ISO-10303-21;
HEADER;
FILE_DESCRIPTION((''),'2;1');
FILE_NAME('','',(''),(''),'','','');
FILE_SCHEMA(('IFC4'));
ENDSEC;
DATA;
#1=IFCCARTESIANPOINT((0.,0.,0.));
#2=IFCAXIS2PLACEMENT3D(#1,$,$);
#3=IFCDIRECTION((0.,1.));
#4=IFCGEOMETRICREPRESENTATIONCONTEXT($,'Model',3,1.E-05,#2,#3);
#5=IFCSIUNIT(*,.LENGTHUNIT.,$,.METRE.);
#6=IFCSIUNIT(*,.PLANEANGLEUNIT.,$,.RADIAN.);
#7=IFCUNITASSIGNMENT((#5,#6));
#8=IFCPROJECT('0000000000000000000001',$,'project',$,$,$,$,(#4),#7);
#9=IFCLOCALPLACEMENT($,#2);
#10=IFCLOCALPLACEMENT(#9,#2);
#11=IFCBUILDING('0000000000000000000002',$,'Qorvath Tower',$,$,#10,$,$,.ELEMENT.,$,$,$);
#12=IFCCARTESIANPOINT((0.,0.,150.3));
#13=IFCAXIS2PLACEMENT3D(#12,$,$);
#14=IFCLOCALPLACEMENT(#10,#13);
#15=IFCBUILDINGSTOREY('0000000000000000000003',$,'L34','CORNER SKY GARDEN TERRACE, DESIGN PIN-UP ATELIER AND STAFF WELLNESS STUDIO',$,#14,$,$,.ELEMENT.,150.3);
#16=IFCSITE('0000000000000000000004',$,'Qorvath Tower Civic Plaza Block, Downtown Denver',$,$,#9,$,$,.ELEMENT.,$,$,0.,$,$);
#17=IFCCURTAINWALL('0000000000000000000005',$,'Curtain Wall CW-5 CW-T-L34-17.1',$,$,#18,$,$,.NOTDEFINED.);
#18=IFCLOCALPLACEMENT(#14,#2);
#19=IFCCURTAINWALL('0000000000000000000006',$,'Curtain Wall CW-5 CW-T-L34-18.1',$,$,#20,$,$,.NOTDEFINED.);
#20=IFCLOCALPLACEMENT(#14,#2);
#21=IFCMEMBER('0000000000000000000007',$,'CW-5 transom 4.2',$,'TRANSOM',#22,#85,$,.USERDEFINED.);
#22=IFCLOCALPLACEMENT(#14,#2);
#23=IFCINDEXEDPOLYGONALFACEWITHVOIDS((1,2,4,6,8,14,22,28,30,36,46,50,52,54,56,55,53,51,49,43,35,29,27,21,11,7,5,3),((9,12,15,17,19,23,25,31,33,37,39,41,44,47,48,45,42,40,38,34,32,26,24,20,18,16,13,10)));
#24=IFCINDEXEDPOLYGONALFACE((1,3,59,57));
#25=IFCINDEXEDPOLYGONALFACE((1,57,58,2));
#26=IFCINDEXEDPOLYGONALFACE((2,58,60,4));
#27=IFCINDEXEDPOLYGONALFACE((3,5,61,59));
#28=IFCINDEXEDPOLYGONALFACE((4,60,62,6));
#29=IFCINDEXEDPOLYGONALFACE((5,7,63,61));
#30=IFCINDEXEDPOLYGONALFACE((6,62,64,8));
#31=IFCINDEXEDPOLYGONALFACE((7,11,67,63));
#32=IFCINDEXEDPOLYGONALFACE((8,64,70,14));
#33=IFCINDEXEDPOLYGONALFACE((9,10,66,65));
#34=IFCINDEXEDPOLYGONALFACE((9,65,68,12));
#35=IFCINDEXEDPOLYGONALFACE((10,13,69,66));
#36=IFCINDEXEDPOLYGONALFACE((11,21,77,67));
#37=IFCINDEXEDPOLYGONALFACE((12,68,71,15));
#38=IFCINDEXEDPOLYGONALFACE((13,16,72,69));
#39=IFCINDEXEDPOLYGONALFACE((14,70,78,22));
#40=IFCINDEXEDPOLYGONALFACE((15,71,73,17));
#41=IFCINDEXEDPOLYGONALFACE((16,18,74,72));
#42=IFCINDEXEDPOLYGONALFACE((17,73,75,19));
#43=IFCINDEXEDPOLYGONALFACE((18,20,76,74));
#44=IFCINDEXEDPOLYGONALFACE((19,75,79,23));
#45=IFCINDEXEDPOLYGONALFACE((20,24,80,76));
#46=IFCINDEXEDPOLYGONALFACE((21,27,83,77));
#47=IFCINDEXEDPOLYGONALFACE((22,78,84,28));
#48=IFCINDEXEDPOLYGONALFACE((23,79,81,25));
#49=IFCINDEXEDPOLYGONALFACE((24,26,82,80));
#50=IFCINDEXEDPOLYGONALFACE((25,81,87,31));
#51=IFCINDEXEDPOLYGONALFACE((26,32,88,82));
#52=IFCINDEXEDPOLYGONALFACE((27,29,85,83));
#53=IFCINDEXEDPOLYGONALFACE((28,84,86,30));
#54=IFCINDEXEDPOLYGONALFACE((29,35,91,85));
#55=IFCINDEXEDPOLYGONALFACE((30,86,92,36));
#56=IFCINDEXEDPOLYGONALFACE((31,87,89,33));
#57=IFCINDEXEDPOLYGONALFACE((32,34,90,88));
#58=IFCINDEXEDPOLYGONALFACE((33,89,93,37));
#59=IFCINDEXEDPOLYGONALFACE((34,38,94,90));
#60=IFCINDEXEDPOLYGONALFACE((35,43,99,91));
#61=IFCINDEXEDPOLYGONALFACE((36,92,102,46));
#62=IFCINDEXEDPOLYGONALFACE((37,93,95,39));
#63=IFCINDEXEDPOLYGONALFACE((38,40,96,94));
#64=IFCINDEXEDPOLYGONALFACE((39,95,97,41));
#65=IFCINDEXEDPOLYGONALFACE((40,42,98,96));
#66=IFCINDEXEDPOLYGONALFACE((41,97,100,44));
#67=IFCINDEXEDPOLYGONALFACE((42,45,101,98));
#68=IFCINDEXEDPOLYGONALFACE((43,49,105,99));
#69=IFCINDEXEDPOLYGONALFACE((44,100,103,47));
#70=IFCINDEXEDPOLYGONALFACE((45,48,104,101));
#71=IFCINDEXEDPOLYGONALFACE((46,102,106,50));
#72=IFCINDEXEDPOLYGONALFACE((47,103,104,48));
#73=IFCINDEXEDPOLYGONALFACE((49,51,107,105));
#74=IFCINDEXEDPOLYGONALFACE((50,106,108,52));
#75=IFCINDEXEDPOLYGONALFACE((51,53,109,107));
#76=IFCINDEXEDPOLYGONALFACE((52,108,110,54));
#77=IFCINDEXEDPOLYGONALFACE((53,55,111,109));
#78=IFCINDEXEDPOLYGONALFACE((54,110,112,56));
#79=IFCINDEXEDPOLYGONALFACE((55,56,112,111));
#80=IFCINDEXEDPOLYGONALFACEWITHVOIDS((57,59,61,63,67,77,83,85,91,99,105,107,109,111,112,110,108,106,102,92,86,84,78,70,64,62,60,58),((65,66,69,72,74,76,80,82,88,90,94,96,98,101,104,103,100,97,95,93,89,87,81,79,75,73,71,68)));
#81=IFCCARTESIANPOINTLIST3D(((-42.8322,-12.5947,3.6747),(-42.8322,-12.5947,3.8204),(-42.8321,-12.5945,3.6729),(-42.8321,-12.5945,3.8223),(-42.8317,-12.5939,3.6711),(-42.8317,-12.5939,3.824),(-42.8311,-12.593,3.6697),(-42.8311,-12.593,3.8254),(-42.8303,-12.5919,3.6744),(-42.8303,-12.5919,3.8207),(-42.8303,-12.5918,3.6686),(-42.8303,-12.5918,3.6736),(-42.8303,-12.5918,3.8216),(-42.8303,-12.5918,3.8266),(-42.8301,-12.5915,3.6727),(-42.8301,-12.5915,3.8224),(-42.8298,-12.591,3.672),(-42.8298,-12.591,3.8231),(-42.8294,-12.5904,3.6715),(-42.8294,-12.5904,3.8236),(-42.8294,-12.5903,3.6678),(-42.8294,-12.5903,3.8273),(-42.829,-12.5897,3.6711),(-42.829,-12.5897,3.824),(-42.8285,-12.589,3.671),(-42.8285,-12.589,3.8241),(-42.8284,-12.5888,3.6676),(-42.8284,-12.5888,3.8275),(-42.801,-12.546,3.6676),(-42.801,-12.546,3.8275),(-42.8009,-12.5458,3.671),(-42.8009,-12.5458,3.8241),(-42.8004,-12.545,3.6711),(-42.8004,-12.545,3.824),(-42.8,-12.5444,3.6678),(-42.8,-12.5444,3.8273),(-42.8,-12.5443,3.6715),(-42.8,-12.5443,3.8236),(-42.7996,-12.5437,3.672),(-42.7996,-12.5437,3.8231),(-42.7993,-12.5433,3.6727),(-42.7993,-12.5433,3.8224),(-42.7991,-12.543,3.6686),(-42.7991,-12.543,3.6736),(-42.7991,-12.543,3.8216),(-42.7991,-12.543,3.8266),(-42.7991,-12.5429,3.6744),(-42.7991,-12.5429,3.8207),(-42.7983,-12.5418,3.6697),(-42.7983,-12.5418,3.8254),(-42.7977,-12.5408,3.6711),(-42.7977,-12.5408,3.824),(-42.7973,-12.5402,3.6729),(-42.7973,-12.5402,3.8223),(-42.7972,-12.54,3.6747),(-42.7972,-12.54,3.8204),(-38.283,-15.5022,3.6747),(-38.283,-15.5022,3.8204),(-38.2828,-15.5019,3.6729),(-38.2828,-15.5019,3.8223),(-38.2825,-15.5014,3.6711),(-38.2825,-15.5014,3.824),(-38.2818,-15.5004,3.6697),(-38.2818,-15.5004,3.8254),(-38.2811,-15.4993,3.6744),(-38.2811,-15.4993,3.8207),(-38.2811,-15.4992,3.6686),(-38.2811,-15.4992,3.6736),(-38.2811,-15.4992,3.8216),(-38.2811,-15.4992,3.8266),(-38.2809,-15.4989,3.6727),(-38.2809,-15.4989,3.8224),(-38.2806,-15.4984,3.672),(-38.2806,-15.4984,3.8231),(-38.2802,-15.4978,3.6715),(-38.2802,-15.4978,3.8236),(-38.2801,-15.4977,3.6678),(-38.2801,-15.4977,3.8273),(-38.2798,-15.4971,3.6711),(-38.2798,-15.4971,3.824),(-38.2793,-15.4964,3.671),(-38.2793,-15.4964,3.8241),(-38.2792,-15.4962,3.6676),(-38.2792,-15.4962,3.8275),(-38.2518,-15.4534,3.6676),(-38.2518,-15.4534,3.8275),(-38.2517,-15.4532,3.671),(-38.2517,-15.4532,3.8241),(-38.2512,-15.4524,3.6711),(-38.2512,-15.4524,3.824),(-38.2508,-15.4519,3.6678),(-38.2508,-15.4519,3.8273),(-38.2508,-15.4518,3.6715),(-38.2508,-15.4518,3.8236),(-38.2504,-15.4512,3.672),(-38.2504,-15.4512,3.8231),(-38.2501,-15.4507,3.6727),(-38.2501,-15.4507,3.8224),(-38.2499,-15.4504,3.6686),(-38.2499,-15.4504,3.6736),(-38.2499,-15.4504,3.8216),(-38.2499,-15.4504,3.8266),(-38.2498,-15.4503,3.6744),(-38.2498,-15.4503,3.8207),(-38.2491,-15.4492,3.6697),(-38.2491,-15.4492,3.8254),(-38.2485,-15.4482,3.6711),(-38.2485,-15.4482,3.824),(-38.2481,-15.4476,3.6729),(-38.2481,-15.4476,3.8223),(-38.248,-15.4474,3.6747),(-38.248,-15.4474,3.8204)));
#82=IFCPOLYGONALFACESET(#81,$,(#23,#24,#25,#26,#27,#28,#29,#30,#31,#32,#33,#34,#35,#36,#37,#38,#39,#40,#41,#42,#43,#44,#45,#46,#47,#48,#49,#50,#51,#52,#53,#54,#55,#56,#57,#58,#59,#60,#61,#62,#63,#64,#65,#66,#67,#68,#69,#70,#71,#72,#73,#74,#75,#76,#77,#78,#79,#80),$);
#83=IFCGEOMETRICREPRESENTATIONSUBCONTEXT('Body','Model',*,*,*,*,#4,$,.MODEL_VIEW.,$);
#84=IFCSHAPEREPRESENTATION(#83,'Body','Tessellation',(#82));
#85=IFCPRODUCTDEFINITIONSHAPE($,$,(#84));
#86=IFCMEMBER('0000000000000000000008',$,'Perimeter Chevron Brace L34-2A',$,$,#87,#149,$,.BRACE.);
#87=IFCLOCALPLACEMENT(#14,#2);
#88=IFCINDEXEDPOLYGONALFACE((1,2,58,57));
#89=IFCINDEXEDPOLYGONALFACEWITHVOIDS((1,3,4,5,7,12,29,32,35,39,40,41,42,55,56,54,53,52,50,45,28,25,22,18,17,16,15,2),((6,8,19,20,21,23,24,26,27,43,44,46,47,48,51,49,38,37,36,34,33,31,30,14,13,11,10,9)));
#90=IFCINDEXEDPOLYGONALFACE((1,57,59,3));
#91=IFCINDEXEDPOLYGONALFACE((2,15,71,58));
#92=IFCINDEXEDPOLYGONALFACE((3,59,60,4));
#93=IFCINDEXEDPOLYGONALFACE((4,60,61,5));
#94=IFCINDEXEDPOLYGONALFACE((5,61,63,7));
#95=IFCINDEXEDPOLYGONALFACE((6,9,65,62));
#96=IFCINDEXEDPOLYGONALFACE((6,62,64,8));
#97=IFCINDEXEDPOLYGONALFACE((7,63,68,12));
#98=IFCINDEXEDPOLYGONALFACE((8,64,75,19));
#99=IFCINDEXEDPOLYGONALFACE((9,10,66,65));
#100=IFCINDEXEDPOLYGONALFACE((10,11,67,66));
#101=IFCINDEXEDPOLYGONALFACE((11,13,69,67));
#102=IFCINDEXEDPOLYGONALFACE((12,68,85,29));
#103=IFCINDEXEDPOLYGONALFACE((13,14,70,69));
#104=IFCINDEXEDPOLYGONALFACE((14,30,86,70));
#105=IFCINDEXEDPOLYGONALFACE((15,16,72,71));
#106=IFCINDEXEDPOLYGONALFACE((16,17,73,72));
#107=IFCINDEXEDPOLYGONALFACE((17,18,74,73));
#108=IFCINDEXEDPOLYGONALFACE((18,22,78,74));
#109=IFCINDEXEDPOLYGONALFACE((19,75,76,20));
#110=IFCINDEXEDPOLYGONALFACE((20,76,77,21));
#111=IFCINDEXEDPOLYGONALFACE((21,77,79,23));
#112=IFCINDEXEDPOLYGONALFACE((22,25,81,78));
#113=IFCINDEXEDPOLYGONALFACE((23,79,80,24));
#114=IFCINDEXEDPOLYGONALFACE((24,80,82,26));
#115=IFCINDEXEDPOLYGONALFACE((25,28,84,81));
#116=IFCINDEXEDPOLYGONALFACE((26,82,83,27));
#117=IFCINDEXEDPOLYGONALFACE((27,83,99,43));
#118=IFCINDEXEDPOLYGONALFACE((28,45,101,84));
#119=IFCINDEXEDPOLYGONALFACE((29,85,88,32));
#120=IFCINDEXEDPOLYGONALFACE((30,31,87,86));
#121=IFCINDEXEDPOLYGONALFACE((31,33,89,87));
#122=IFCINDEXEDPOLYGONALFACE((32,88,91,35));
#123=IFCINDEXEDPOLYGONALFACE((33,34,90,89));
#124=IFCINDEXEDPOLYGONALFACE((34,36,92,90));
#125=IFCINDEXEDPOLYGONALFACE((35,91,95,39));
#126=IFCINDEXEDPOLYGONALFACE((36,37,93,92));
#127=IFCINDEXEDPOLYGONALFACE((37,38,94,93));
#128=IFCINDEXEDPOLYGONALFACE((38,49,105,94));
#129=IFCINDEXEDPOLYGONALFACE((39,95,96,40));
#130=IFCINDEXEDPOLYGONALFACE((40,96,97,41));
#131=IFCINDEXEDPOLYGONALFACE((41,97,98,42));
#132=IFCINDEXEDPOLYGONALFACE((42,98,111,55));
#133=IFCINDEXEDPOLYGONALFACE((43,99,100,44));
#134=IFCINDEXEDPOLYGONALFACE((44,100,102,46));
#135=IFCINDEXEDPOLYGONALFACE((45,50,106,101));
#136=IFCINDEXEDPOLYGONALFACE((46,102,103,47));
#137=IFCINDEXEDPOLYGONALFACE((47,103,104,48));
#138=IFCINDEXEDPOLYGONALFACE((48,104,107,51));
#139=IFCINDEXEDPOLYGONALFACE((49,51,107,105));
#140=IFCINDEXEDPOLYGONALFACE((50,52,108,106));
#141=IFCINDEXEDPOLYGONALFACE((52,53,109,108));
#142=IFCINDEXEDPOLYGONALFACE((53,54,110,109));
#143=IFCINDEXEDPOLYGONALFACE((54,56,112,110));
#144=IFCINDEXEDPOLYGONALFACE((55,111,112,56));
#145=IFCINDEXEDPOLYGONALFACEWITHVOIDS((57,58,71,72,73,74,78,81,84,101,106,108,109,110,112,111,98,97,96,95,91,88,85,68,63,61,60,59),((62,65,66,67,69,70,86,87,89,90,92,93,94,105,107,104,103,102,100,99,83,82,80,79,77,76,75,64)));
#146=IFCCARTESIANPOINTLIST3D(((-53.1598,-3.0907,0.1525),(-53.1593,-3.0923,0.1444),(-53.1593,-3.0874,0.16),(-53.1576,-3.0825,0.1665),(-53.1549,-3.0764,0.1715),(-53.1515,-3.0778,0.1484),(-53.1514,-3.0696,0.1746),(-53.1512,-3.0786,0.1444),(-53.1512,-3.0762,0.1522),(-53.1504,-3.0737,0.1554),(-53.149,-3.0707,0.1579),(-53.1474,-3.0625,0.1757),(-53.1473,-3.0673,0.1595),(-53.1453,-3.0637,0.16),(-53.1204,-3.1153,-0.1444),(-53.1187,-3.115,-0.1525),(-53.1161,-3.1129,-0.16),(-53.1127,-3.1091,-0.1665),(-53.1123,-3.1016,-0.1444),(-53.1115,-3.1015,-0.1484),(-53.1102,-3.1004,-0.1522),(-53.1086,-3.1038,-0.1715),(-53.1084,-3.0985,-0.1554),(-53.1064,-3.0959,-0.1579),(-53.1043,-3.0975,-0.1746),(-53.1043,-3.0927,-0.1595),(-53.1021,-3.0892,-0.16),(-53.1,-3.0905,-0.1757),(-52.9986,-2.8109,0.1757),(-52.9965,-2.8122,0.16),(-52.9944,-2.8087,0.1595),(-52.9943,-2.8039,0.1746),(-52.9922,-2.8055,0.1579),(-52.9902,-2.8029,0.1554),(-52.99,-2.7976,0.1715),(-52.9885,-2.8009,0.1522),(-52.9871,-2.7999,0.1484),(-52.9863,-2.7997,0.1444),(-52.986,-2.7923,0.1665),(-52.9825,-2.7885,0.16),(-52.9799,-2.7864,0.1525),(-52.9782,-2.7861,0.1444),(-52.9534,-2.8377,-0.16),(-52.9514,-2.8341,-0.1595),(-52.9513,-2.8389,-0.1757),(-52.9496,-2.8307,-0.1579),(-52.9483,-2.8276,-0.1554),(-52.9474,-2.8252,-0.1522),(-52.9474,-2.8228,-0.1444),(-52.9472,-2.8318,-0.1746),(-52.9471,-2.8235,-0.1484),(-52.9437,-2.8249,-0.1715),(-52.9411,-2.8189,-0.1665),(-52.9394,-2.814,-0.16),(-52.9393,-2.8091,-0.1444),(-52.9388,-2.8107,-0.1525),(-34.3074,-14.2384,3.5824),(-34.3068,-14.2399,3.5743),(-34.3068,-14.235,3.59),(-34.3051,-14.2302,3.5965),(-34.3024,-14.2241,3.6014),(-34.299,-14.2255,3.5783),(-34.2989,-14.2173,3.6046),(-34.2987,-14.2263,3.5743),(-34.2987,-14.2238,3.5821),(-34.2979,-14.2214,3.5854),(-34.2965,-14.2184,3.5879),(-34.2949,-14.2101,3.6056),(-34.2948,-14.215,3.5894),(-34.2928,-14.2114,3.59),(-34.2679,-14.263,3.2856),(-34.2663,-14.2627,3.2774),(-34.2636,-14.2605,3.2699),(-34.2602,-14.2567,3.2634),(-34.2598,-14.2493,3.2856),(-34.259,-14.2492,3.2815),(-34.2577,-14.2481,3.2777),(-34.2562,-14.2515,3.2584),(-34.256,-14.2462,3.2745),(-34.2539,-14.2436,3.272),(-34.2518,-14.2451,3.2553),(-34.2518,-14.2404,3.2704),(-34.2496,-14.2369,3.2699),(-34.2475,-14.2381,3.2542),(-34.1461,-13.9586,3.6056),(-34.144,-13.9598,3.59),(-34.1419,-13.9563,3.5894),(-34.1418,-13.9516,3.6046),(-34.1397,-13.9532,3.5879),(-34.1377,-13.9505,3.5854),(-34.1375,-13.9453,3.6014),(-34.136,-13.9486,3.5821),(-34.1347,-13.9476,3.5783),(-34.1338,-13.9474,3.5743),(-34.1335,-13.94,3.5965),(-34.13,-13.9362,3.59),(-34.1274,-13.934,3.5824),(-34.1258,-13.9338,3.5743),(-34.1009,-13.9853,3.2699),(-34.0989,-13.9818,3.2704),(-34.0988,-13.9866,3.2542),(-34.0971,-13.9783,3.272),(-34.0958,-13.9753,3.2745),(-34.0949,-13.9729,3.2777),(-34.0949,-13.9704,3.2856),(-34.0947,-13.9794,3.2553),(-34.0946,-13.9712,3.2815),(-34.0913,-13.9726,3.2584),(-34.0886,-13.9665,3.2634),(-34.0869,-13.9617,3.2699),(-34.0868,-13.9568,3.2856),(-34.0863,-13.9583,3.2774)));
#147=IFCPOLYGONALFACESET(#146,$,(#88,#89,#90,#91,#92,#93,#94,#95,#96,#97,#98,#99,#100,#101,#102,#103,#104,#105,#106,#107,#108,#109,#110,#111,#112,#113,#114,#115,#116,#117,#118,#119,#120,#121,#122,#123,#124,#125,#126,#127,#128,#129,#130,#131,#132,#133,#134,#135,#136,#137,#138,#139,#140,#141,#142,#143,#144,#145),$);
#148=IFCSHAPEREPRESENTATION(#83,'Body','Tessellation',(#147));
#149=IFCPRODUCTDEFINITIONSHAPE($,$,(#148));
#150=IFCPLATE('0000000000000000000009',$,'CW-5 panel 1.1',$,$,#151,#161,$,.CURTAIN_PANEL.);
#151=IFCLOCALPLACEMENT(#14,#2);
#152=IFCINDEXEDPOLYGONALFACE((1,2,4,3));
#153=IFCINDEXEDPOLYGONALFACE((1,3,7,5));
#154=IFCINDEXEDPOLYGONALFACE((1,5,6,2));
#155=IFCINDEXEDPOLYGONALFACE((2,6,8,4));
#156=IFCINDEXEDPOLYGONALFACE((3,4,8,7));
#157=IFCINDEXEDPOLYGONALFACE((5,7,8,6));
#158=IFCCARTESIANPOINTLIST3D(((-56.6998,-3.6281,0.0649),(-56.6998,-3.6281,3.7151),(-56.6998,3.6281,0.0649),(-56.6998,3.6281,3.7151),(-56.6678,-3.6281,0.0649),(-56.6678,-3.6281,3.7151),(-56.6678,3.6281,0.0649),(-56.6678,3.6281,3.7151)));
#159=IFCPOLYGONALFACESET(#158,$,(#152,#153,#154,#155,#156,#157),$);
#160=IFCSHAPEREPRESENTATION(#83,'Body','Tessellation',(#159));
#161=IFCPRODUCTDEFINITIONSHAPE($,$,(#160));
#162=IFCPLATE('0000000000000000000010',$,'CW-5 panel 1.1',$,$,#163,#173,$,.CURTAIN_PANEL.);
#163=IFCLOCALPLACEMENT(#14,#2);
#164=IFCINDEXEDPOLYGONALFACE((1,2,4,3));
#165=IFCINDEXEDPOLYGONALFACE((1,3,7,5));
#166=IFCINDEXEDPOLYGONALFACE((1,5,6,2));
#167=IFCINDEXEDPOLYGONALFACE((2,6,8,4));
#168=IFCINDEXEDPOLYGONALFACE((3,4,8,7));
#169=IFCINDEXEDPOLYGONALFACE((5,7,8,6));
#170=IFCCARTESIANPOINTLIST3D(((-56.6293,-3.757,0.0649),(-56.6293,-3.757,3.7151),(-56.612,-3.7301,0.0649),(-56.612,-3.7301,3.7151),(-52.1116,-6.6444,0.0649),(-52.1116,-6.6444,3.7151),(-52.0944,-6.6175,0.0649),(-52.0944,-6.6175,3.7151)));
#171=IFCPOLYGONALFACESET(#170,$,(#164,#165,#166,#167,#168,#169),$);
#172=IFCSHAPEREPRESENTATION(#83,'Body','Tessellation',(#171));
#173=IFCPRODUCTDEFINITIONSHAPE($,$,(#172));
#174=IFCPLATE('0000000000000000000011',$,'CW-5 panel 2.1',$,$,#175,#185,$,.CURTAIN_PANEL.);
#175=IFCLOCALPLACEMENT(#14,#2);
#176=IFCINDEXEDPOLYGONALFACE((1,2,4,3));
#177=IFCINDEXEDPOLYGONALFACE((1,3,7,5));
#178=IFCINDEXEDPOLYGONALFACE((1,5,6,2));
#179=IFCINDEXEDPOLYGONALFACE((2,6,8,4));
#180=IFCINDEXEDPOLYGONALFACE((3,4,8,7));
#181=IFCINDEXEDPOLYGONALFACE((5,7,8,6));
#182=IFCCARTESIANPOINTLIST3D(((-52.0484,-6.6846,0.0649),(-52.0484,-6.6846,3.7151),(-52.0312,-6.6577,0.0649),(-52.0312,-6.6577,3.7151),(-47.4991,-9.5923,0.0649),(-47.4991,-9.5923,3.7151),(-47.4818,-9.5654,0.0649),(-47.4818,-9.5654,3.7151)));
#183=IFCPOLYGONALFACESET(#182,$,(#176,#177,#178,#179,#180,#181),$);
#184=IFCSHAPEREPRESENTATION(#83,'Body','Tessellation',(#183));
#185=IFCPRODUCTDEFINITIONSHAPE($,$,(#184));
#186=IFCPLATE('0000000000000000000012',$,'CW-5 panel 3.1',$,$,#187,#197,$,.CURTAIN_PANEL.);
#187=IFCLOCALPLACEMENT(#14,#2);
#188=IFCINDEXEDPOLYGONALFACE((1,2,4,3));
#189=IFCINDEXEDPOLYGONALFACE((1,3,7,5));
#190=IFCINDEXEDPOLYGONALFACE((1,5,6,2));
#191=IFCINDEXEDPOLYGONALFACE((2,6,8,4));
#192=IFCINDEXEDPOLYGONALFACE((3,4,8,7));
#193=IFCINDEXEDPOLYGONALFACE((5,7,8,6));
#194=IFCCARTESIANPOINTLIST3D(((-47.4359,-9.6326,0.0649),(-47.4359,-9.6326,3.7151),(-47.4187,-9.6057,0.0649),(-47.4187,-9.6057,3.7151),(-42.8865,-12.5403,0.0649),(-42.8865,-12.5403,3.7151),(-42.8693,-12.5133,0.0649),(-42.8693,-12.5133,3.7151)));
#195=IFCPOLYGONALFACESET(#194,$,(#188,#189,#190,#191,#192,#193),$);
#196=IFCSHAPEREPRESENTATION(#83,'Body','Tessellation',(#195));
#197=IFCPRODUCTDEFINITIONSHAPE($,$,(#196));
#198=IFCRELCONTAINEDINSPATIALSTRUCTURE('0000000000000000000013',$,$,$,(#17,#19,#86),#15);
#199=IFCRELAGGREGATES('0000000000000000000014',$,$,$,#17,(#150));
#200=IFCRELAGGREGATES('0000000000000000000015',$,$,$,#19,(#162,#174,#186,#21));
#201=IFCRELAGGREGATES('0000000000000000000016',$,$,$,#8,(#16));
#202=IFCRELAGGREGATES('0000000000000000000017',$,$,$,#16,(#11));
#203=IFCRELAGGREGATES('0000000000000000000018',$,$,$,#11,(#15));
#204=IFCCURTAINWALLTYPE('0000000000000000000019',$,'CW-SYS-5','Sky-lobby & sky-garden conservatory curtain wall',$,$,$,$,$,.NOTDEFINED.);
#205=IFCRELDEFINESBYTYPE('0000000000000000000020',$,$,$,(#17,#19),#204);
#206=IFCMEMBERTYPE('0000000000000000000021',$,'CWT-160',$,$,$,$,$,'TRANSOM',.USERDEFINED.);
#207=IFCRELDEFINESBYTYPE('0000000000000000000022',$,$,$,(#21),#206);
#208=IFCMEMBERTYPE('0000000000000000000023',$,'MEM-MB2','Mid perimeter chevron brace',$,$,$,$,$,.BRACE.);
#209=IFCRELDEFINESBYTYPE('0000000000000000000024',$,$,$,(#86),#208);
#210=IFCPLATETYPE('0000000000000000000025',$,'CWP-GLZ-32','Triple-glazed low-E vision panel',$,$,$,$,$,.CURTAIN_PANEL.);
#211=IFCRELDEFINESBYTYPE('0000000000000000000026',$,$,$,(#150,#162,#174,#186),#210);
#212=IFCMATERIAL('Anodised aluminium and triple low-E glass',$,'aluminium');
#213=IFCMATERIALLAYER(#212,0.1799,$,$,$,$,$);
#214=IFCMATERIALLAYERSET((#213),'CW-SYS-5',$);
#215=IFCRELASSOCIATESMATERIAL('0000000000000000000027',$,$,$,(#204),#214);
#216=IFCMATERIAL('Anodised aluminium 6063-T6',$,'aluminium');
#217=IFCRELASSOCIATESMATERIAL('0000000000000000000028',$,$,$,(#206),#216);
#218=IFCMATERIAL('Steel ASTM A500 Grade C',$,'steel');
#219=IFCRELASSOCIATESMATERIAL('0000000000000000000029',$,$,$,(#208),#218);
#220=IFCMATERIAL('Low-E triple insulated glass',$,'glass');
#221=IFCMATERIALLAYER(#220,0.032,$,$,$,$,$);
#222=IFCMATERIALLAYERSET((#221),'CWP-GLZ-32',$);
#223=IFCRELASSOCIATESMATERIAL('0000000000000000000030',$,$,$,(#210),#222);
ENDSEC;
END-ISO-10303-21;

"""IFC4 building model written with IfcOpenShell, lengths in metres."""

from ifc_helpers import new_model, si_unit, direction, frame, origin, origin_2d, place, context, subcontext, project, spatial, rectangle, hollow_rectangle, extrude, material, layer, layer_set, material_profile, profile_set, type_object, element, aggregate, save


model = new_model("IFC4")

# Units and contexts
model_context = context("Model", 3, precision=1e-05, world=origin(), true_north=direction((0.0, 1.0)))
body_context = subcontext(model_context, "Body", "Model", "MODEL_VIEW")
ifc_project = project(units=[si_unit("LENGTHUNIT", "METRE"), si_unit("PLANEANGLEUNIT", "RADIAN")], contexts=[model_context])

# Site, building, storey
site_placement = place(None, origin())
site = spatial("IfcSite", under=ifc_project, at=site_placement, Name="Qorvath Tower Civic Plaza Block, Downtown Denver", CompositionType="ELEMENT", RefElevation=0.0)
building_placement = place(site_placement, origin())
building = spatial("IfcBuilding", under=site, at=building_placement, Name="Qorvath Tower", CompositionType="ELEMENT")
storey_placement = place(building_placement, frame((0.0, 0.0, 150.3)))
storey = spatial("IfcBuildingStorey", under=building, at=storey_placement, Name="L34", Description="CORNER SKY GARDEN TERRACE, DESIGN PIN-UP ATELIER AND STAFF WELLNESS STUDIO", CompositionType="ELEMENT", Elevation=150.3)

# Curtain wall
ifc_material_1 = material(Name="Anodised aluminium and triple low-E glass", Category="aluminium")
ifc_layer_1 = layer(ifc_material_1, 0.1799)
ifc_layer_set_1 = layer_set([ifc_layer_1], Name="CW-SYS-5")
curtain_wall_type = type_object("IfcCurtainWallType", Name="CW-SYS-5", Description="Sky-lobby & sky-garden conservatory curtain wall", PredefinedType="NOTDEFINED", material=ifc_layer_set_1)
curtain_wall_1_placement = place(storey_placement, origin())
curtain_wall_1 = element("IfcCurtainWall", 1, at=curtain_wall_1_placement, inside=storey, type_object=curtain_wall_type, Name="Curtain Wall CW-5 CW-T-L34-17.1", PredefinedType="NOTDEFINED")

# Curtain wall, member
curtain_wall_2_placement = place(storey_placement, origin())
curtain_wall_2 = element("IfcCurtainWall", 2, at=curtain_wall_2_placement, inside=storey, type_object=curtain_wall_type, Name="Curtain Wall CW-5 CW-T-L34-18.1", PredefinedType="NOTDEFINED")
ifc_material_2 = material(Name="Anodised aluminium 6063-T6", Category="aluminium")
ifc_material_profile_1 = material_profile(ifc_material_2, hollow_rectangle(XDim=0.0649, YDim=0.1599, WallThickness=0.0034, InnerFilletRadius=0.0034, OuterFilletRadius=0.0071, at=origin_2d()), Name="CWT 160x65")
ifc_profile_set_1 = profile_set([ifc_material_profile_1], Name="Anodised aluminium 6063-T6")
member_type_1 = type_object("IfcMemberType", Name="CWT-160", ElementType="TRANSOM", PredefinedType="USERDEFINED", material=ifc_profile_set_1)
member_1_placement = place(storey_placement, frame((-42.8147, -12.5674, 3.7476), z_axis=(0.842615, -0.538516, 0.0), x_axis=(0.538516, 0.842615, 0.0)))
member_1 = element("IfcMember", 3, at=member_1_placement, type_object=member_type_1, Name="CW-5 transom 4.2", ObjectType="TRANSOM", PredefinedType="USERDEFINED", context=body_context, shape_type="SweptSolid", body=[
    extrude(hollow_rectangle(XDim=0.0649, YDim=0.1599, WallThickness=0.0034, InnerFilletRadius=0.0034, OuterFilletRadius=0.0071, at=origin_2d()), origin(), (0.0, 0.0, 1.0), 5.3989),
])

# Member
ifc_material_3 = material(Name="Steel ASTM A500 Grade C", Category="steel")
ifc_material_profile_2 = material_profile(ifc_material_3, hollow_rectangle(XDim=0.3557, YDim=0.3557, WallThickness=0.0159, InnerFilletRadius=0.0159, OuterFilletRadius=0.0317, at=origin_2d()), Name="HSS 356x356x16")
ifc_profile_set_2 = profile_set([ifc_material_profile_2], Name="Steel ASTM A500 Grade C")
member_type_2 = type_object("IfcMemberType", Name="MEM-MB2", Description="Mid perimeter chevron brace", PredefinedType="BRACE", material=ifc_profile_set_2)
member_2_placement = place(storey_placement, frame((-53.0493, -2.9507, 0.0), z_axis=(0.85041, -0.502856, 0.154719), x_axis=(0.508985, 0.860775, 0.0)))
element("IfcMember", 4, at=member_2_placement, inside=storey, type_object=member_type_2, Name="Perimeter Chevron Brace L34-2A", PredefinedType="BRACE", context=body_context, shape_type="SweptSolid", body=[
    extrude(hollow_rectangle(XDim=0.3557, YDim=0.3557, WallThickness=0.0159, InnerFilletRadius=0.0159, OuterFilletRadius=0.0317, at=origin_2d()), origin(), (0.0, 0.0, 1.0), 22.1687),
])

# Plates
ifc_material_4 = material(Name="Low-E triple insulated glass", Category="glass")
ifc_layer_2 = layer(ifc_material_4, 0.032)
ifc_layer_set_2 = layer_set([ifc_layer_2], Name="CWP-GLZ-32")
plate_type_1 = type_object("IfcPlateType", Name="CWP-GLZ-32", Description="Triple-glazed low-E vision panel", PredefinedType="CURTAIN_PANEL", material=ifc_layer_set_2)
plate_1_placement = place(storey_placement, frame((-56.6838, 0.0, 0.0649), z_axis=(0.0, 0.0, 1.0), x_axis=(0.0, -1.0, 0.0)))
plate_1 = element("IfcPlate", 5, at=plate_1_placement, type_object=plate_type_1, Name="CW-5 panel 1.1", PredefinedType="CURTAIN_PANEL", context=body_context, shape_type="SweptSolid", body=[
    extrude(rectangle(XDim=7.2561, YDim=0.032, at=origin_2d()), origin(), (0.0, 0.0, 1.0), 3.6501),
])
aggregate(curtain_wall_1, [plate_1])
plate_2_placement = place(storey_placement, frame((-54.3618, -5.1873, 0.0649), z_axis=(0.0, 0.0, 1.0), x_axis=(0.842602, -0.538536, 0.0)))
plate_2 = element("IfcPlate", 6, at=plate_2_placement, type_object=plate_type_1, Name="CW-5 panel 1.1", PredefinedType="CURTAIN_PANEL", context=body_context, shape_type="SweptSolid", body=[
    extrude(rectangle(XDim=5.3616, YDim=0.032, at=origin_2d()), origin(), (0.0, 0.0, 1.0), 3.6501),
])
plate_3_placement = place(storey_placement, frame((-49.7651, -8.125, 0.0649), z_axis=(0.0, 0.0, 1.0), x_axis=(0.842602, -0.538536, 0.0)))
plate_3 = element("IfcPlate", 7, at=plate_3_placement, type_object=plate_type_1, Name="CW-5 panel 2.1", PredefinedType="CURTAIN_PANEL", context=body_context, shape_type="SweptSolid", body=[
    extrude(rectangle(XDim=5.3992, YDim=0.032, at=origin_2d()), origin(), (0.0, 0.0, 1.0), 3.6501),
])
plate_4_placement = place(storey_placement, frame((-45.1526, -11.073, 0.0649), z_axis=(0.0, 0.0, 1.0), x_axis=(0.842602, -0.538536, 0.0)))
plate_4 = element("IfcPlate", 8, at=plate_4_placement, type_object=plate_type_1, Name="CW-5 panel 3.1", PredefinedType="CURTAIN_PANEL", context=body_context, shape_type="SweptSolid", body=[
    extrude(rectangle(XDim=5.3992, YDim=0.032, at=origin_2d()), origin(), (0.0, 0.0, 1.0), 3.6501),
])
aggregate(curtain_wall_2, [plate_2, plate_3, plate_4, member_1])

save(model, "model.ifc")
